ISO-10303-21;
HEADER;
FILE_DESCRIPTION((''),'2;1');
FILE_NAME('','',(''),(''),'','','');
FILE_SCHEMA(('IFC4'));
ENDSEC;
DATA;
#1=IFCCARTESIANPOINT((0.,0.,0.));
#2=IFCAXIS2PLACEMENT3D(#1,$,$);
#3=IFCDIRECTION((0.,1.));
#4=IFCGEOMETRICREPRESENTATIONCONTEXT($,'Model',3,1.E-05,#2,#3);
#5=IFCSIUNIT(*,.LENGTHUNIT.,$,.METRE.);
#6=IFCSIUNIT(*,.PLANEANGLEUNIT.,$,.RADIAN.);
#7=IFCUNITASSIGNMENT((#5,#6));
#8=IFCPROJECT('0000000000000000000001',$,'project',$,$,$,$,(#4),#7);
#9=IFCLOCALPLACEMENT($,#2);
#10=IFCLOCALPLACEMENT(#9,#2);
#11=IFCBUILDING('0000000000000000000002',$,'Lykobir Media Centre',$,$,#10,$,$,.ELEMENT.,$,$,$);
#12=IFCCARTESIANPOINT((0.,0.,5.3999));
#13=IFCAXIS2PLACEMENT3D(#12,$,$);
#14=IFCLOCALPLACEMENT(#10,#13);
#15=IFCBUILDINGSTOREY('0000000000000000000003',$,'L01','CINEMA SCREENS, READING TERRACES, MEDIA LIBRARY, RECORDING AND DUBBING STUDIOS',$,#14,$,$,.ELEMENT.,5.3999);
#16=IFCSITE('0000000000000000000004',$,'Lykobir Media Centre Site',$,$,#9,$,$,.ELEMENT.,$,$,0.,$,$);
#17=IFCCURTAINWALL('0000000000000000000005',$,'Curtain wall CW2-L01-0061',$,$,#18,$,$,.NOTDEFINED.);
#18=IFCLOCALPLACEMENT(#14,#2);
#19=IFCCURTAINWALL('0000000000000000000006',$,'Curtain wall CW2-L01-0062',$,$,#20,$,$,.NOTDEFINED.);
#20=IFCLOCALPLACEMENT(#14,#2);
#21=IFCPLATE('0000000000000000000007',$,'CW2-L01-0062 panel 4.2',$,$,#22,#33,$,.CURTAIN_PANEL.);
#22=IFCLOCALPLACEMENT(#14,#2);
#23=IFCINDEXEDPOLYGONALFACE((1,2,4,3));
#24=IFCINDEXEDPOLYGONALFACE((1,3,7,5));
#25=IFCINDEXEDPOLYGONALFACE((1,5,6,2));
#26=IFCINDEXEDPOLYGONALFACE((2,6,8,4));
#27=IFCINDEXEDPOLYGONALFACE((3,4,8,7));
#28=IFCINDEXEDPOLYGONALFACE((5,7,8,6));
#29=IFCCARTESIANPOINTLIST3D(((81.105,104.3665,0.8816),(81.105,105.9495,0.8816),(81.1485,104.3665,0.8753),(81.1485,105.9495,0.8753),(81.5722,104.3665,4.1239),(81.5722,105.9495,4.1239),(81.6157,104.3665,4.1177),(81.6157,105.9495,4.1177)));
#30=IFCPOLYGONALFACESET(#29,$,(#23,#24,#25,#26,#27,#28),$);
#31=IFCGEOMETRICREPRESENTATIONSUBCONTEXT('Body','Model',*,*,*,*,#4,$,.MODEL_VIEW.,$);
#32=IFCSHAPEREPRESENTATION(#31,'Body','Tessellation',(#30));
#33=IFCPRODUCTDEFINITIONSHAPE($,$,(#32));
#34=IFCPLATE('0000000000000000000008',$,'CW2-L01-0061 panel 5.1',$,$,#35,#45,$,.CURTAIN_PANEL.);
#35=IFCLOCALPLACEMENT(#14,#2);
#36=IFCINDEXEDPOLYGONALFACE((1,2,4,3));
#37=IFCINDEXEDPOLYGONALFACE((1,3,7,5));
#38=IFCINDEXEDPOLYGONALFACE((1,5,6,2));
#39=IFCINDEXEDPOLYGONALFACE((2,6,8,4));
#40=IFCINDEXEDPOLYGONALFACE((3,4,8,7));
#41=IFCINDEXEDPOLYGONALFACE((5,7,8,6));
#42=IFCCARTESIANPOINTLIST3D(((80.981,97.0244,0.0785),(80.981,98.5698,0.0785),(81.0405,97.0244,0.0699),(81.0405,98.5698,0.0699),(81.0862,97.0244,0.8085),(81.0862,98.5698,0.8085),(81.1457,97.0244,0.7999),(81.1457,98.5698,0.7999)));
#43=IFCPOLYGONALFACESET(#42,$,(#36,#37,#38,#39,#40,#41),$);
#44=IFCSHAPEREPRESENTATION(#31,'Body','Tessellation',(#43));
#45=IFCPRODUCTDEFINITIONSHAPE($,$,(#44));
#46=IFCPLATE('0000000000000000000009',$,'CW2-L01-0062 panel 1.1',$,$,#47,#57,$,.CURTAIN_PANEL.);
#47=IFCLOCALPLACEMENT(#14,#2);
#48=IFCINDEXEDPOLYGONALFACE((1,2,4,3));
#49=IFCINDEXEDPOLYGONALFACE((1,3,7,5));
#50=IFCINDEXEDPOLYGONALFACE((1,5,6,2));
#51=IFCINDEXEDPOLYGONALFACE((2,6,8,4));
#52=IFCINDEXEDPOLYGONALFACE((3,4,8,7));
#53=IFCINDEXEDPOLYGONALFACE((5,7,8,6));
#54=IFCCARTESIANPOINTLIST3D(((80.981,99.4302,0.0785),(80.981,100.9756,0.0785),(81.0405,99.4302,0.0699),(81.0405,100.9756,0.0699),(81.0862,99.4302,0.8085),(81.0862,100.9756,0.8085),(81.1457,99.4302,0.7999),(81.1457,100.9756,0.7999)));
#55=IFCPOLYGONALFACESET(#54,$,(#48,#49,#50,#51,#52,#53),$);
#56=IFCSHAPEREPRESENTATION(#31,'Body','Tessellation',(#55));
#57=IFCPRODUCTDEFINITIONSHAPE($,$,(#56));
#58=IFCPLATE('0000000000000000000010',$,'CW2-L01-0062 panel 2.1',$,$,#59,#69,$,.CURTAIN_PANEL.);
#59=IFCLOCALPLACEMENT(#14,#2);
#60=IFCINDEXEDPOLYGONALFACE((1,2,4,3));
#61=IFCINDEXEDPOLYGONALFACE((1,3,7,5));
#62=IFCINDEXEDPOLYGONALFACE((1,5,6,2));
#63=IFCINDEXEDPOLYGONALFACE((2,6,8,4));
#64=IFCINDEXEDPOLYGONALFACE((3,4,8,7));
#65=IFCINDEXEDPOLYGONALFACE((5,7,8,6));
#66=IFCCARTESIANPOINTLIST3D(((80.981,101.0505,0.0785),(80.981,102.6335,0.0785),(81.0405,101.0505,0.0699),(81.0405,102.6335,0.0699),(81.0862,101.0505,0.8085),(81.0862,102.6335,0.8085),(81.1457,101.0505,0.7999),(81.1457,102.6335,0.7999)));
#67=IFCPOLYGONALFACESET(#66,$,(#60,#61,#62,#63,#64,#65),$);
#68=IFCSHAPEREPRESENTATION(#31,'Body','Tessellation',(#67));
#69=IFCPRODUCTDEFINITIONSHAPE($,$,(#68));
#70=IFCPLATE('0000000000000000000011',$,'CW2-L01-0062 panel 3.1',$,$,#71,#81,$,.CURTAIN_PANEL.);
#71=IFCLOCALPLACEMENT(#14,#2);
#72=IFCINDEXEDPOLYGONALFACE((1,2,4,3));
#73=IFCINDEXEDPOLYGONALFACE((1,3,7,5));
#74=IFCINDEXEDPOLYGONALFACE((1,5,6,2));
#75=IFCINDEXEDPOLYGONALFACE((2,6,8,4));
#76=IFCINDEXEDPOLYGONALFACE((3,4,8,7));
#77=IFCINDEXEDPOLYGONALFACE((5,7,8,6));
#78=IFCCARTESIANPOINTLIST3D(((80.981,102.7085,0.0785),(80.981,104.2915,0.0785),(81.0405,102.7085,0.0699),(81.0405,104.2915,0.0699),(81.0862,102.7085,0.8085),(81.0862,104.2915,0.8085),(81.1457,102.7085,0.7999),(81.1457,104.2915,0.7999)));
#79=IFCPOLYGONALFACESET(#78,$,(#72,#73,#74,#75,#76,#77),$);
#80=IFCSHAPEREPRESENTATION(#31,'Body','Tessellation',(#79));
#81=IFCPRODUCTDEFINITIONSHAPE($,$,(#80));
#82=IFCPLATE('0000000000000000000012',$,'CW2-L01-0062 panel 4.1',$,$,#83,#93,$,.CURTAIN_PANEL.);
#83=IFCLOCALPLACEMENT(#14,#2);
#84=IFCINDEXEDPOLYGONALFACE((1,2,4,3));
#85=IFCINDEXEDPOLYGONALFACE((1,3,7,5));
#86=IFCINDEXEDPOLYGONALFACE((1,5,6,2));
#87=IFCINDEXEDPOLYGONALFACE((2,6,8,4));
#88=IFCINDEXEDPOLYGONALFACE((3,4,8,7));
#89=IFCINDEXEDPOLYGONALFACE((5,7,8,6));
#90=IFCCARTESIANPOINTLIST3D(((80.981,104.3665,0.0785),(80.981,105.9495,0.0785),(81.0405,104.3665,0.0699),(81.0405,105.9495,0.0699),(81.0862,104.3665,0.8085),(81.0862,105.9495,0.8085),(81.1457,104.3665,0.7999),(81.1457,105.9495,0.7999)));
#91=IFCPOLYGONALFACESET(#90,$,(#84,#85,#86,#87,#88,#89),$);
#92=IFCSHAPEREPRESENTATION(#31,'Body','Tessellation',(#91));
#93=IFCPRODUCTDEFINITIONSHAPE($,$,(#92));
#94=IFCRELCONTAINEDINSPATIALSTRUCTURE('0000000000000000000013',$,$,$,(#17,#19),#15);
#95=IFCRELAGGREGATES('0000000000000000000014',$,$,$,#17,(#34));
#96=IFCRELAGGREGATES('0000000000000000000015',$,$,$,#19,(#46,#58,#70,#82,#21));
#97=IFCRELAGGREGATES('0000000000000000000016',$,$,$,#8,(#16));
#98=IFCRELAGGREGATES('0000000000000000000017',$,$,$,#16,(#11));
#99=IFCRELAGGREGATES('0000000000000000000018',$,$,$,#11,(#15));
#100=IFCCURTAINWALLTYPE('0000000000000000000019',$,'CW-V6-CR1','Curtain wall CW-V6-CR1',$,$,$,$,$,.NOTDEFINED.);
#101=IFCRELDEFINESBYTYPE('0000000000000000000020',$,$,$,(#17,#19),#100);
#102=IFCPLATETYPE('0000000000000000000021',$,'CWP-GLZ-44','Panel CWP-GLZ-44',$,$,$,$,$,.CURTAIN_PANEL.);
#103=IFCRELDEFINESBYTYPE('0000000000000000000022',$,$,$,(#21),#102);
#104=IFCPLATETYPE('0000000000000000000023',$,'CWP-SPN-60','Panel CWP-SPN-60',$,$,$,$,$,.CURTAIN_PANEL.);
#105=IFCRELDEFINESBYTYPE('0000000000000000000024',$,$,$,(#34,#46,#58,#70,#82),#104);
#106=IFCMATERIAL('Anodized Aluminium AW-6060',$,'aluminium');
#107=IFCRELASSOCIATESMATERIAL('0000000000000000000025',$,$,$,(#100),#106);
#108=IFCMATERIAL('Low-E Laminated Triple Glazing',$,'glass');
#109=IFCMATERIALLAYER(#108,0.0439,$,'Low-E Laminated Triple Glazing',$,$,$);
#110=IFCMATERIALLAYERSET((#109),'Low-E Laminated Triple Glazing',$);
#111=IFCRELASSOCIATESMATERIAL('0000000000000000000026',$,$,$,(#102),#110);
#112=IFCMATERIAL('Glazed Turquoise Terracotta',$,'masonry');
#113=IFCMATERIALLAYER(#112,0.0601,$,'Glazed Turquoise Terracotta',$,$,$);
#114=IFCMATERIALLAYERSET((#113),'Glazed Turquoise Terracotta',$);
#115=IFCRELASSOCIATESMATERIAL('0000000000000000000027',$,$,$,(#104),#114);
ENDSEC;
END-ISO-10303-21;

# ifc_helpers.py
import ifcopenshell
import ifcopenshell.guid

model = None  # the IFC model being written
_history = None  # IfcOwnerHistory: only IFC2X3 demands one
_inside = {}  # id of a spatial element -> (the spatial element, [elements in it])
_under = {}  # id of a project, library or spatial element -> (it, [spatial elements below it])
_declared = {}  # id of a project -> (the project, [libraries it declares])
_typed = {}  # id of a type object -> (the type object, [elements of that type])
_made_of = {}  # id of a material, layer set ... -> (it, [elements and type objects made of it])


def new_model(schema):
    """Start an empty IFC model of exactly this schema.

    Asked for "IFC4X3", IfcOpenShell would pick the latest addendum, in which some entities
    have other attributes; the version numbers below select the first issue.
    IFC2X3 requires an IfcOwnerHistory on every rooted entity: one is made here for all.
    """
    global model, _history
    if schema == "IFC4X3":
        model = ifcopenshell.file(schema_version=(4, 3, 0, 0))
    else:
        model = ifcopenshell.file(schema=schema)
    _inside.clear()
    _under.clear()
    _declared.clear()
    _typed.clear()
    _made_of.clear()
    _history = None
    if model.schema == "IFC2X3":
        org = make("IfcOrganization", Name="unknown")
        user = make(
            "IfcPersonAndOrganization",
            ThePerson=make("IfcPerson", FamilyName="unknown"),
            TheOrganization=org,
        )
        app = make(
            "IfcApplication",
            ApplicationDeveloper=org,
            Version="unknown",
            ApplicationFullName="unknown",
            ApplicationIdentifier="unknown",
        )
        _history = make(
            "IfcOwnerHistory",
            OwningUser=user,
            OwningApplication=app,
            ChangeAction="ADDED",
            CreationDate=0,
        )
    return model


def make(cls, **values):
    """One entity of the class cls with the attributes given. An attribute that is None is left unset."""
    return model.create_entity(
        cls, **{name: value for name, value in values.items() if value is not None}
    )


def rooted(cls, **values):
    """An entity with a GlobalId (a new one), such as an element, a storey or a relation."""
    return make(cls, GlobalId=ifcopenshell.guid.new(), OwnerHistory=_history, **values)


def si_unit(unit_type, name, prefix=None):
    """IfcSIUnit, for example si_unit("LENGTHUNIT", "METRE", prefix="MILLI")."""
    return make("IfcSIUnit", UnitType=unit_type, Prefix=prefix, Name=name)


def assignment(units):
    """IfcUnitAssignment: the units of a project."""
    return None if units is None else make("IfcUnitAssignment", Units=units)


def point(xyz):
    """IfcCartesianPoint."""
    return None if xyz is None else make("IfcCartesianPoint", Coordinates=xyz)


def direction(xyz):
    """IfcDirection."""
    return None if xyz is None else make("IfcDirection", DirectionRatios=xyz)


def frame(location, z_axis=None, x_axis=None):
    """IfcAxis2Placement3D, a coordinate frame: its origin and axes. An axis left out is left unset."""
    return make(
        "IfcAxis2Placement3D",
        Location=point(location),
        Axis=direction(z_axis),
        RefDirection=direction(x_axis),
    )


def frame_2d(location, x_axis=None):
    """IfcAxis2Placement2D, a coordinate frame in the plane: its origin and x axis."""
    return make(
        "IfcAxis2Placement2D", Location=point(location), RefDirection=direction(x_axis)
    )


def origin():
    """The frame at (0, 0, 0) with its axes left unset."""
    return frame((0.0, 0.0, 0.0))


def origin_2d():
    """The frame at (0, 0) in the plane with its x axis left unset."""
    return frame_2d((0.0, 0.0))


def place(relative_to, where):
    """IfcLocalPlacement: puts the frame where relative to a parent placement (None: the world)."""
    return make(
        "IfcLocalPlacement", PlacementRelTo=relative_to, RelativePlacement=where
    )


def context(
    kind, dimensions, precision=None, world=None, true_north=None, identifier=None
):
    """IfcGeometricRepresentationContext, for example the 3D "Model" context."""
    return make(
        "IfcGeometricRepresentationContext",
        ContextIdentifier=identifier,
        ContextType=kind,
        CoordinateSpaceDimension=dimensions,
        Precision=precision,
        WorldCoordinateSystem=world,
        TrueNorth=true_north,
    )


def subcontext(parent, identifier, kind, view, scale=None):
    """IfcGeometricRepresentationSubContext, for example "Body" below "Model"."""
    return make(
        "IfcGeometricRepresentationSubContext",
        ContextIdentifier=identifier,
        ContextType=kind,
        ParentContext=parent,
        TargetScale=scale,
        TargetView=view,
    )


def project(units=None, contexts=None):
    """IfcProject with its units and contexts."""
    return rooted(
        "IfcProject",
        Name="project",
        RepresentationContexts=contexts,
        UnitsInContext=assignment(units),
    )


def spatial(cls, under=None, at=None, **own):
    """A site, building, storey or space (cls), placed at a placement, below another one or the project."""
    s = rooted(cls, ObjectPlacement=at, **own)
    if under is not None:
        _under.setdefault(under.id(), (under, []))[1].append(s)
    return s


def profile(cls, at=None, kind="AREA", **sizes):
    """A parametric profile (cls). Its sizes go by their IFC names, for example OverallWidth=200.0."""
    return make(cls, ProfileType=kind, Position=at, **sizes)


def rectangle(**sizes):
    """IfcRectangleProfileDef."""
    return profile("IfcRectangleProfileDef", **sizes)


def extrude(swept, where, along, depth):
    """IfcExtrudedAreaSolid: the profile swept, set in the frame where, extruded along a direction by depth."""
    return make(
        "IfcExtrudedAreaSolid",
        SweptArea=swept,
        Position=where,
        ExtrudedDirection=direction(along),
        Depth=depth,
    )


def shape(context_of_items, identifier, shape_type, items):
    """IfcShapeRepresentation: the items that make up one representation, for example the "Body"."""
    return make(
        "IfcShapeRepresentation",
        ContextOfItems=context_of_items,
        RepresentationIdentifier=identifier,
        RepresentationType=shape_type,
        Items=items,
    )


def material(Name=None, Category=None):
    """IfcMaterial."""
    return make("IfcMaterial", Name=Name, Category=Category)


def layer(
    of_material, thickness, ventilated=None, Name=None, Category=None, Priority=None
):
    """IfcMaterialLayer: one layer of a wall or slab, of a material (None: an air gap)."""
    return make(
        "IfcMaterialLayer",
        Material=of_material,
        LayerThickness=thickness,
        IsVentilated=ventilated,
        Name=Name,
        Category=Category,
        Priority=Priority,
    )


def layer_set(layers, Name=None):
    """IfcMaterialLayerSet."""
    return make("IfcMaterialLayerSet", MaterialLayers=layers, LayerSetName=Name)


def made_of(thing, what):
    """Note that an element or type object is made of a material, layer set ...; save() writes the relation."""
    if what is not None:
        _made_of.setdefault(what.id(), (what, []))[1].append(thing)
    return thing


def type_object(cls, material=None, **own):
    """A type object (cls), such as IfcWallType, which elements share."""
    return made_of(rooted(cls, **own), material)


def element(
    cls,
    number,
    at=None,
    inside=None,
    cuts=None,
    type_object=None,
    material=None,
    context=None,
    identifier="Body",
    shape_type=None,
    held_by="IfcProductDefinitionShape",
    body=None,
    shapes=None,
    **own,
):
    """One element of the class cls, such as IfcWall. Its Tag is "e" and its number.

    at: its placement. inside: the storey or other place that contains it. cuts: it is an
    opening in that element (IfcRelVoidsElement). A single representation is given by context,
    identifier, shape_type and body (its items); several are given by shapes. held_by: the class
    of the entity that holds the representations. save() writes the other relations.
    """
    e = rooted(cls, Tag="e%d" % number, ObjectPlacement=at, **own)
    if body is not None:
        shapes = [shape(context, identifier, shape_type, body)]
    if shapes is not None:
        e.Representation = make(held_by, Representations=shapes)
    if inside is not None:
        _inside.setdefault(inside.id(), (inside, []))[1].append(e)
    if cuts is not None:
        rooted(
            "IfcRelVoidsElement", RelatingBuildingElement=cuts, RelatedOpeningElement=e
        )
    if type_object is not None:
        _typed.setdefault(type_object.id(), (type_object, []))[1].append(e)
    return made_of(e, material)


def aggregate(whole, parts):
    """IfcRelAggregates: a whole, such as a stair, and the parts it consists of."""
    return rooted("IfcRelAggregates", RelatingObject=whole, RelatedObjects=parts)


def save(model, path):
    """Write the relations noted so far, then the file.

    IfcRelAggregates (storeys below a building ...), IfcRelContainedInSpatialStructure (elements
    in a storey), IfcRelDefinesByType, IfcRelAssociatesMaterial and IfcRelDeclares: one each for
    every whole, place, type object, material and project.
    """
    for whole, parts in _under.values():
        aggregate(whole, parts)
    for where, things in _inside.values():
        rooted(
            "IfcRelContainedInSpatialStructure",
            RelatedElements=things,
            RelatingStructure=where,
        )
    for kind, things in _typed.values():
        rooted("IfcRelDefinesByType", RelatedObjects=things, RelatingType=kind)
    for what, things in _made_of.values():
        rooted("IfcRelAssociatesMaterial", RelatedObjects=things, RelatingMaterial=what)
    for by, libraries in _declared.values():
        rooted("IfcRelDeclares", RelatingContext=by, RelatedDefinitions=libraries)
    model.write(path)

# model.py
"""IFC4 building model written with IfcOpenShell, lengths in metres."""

from ifc_helpers import new_model, si_unit, direction, frame, origin, origin_2d, place, context, subcontext, project, spatial, rectangle, extrude, material, layer, layer_set, type_object, element, aggregate, save


model = new_model("IFC4")

# Units and contexts
model_context = context("Model", 3, precision=1e-05, world=origin(), true_north=direction((0.0, 1.0)))
body_context = subcontext(model_context, "Body", "Model", "MODEL_VIEW")
ifc_project = project(units=[si_unit("LENGTHUNIT", "METRE"), si_unit("PLANEANGLEUNIT", "RADIAN")], contexts=[model_context])

# Site, building, storey
site_placement = place(None, origin())
site = spatial("IfcSite", under=ifc_project, at=site_placement, Name="Lykobir Media Centre Site", CompositionType="ELEMENT", RefElevation=0.0)
building_placement = place(site_placement, origin())
building = spatial("IfcBuilding", under=site, at=building_placement, Name="Lykobir Media Centre", CompositionType="ELEMENT")
storey_placement = place(building_placement, frame((0.0, 0.0, 5.3999)))
storey = spatial("IfcBuildingStorey", under=building, at=storey_placement, Name="L01", Description="CINEMA SCREENS, READING TERRACES, MEDIA LIBRARY, RECORDING AND DUBBING STUDIOS", CompositionType="ELEMENT", Elevation=5.3999)

# Curtain walls
ifc_material_1 = material(Name="Anodized Aluminium AW-6060", Category="aluminium")
curtain_wall_type = type_object("IfcCurtainWallType", Name="CW-V6-CR1", Description="Curtain wall CW-V6-CR1", PredefinedType="NOTDEFINED", material=ifc_material_1)
curtain_wall_1_placement = place(storey_placement, origin())
curtain_wall_1 = element("IfcCurtainWall", 1, at=curtain_wall_1_placement, inside=storey, type_object=curtain_wall_type, Name="Curtain wall CW2-L01-0061", PredefinedType="NOTDEFINED")
curtain_wall_2_placement = place(storey_placement, origin())
curtain_wall_2 = element("IfcCurtainWall", 2, at=curtain_wall_2_placement, inside=storey, type_object=curtain_wall_type, Name="Curtain wall CW2-L01-0062", PredefinedType="NOTDEFINED")

# Plates
ifc_material_2 = material(Name="Low-E Laminated Triple Glazing", Category="glass")
ifc_layer_1 = layer(ifc_material_2, 0.0439, Name="Low-E Laminated Triple Glazing")
ifc_layer_set_1 = layer_set([ifc_layer_1], Name="Low-E Laminated Triple Glazing")
plate_type_1 = type_object("IfcPlateType", Name="CWP-GLZ-44", Description="Panel CWP-GLZ-44", PredefinedType="CURTAIN_PANEL", material=ifc_layer_set_1)
plate_1_placement = place(storey_placement, frame((81.1267, 105.158, 0.8784), z_axis=(0.142629, 0.0, 0.989776), x_axis=(0.0, 1.0, 0.0)))
plate_1 = element("IfcPlate", 3, at=plate_1_placement, type_object=plate_type_1, Name="CW2-L01-0062 panel 4.2", PredefinedType="CURTAIN_PANEL", context=body_context, shape_type="SweptSolid", body=[
    extrude(rectangle(XDim=1.583, YDim=0.0439, at=origin_2d()), origin(), (0.0, 0.0, 1.0), 3.2759),
])
ifc_material_3 = material(Name="Glazed Turquoise Terracotta", Category="masonry")
ifc_layer_2 = layer(ifc_material_3, 0.0601, Name="Glazed Turquoise Terracotta")
ifc_layer_set_2 = layer_set([ifc_layer_2], Name="Glazed Turquoise Terracotta")
plate_type_2 = type_object("IfcPlateType", Name="CWP-SPN-60", Description="Panel CWP-SPN-60", PredefinedType="CURTAIN_PANEL", material=ifc_layer_set_2)
plate_2_placement = place(storey_placement, frame((81.0107, 97.7971, 0.0742), z_axis=(0.142629, 0.0, 0.989776), x_axis=(0.0, 1.0, 0.0)))
plate_2 = element("IfcPlate", 4, at=plate_2_placement, type_object=plate_type_2, Name="CW2-L01-0061 panel 5.1", PredefinedType="CURTAIN_PANEL", context=body_context, shape_type="SweptSolid", body=[
    extrude(rectangle(XDim=1.5454, YDim=0.0601, at=origin_2d()), origin(), (0.0, 0.0, 1.0), 0.7375),
])
aggregate(curtain_wall_1, [plate_2])
plate_3_placement = place(storey_placement, frame((81.0107, 100.2029, 0.0742), z_axis=(0.142629, 0.0, 0.989776), x_axis=(0.0, 1.0, 0.0)))
plate_3 = element("IfcPlate", 5, at=plate_3_placement, type_object=plate_type_2, Name="CW2-L01-0062 panel 1.1", PredefinedType="CURTAIN_PANEL", context=body_context, shape_type="SweptSolid", body=[
    extrude(rectangle(XDim=1.5454, YDim=0.0601, at=origin_2d()), origin(), (0.0, 0.0, 1.0), 0.7375),
])
plate_4_placement = place(storey_placement, frame((81.0107, 101.842, 0.0742), z_axis=(0.142629, 0.0, 0.989776), x_axis=(0.0, 1.0, 0.0)))
plate_4 = element("IfcPlate", 6, at=plate_4_placement, type_object=plate_type_2, Name="CW2-L01-0062 panel 2.1", PredefinedType="CURTAIN_PANEL", context=body_context, shape_type="SweptSolid", body=[
    extrude(rectangle(XDim=1.583, YDim=0.0601, at=origin_2d()), origin(), (0.0, 0.0, 1.0), 0.7375),
])
plate_5_placement = place(storey_placement, frame((81.0107, 103.5, 0.0742), z_axis=(0.142629, 0.0, 0.989776), x_axis=(0.0, 1.0, 0.0)))
plate_5 = element("IfcPlate", 7, at=plate_5_placement, type_object=plate_type_2, Name="CW2-L01-0062 panel 3.1", PredefinedType="CURTAIN_PANEL", context=body_context, shape_type="SweptSolid", body=[
    extrude(rectangle(XDim=1.583, YDim=0.0601, at=origin_2d()), origin(), (0.0, 0.0, 1.0), 0.7375),
])
plate_6_placement = place(storey_placement, frame((81.0107, 105.158, 0.0742), z_axis=(0.142629, 0.0, 0.989776), x_axis=(0.0, 1.0, 0.0)))
plate_6 = element("IfcPlate", 8, at=plate_6_placement, type_object=plate_type_2, Name="CW2-L01-0062 panel 4.1", PredefinedType="CURTAIN_PANEL", context=body_context, shape_type="SweptSolid", body=[
    extrude(rectangle(XDim=1.583, YDim=0.0601, at=origin_2d()), origin(), (0.0, 0.0, 1.0), 0.7375),
])
aggregate(curtain_wall_2, [plate_3, plate_4, plate_5, plate_6, plate_1])

save(model, "model.ifc")
